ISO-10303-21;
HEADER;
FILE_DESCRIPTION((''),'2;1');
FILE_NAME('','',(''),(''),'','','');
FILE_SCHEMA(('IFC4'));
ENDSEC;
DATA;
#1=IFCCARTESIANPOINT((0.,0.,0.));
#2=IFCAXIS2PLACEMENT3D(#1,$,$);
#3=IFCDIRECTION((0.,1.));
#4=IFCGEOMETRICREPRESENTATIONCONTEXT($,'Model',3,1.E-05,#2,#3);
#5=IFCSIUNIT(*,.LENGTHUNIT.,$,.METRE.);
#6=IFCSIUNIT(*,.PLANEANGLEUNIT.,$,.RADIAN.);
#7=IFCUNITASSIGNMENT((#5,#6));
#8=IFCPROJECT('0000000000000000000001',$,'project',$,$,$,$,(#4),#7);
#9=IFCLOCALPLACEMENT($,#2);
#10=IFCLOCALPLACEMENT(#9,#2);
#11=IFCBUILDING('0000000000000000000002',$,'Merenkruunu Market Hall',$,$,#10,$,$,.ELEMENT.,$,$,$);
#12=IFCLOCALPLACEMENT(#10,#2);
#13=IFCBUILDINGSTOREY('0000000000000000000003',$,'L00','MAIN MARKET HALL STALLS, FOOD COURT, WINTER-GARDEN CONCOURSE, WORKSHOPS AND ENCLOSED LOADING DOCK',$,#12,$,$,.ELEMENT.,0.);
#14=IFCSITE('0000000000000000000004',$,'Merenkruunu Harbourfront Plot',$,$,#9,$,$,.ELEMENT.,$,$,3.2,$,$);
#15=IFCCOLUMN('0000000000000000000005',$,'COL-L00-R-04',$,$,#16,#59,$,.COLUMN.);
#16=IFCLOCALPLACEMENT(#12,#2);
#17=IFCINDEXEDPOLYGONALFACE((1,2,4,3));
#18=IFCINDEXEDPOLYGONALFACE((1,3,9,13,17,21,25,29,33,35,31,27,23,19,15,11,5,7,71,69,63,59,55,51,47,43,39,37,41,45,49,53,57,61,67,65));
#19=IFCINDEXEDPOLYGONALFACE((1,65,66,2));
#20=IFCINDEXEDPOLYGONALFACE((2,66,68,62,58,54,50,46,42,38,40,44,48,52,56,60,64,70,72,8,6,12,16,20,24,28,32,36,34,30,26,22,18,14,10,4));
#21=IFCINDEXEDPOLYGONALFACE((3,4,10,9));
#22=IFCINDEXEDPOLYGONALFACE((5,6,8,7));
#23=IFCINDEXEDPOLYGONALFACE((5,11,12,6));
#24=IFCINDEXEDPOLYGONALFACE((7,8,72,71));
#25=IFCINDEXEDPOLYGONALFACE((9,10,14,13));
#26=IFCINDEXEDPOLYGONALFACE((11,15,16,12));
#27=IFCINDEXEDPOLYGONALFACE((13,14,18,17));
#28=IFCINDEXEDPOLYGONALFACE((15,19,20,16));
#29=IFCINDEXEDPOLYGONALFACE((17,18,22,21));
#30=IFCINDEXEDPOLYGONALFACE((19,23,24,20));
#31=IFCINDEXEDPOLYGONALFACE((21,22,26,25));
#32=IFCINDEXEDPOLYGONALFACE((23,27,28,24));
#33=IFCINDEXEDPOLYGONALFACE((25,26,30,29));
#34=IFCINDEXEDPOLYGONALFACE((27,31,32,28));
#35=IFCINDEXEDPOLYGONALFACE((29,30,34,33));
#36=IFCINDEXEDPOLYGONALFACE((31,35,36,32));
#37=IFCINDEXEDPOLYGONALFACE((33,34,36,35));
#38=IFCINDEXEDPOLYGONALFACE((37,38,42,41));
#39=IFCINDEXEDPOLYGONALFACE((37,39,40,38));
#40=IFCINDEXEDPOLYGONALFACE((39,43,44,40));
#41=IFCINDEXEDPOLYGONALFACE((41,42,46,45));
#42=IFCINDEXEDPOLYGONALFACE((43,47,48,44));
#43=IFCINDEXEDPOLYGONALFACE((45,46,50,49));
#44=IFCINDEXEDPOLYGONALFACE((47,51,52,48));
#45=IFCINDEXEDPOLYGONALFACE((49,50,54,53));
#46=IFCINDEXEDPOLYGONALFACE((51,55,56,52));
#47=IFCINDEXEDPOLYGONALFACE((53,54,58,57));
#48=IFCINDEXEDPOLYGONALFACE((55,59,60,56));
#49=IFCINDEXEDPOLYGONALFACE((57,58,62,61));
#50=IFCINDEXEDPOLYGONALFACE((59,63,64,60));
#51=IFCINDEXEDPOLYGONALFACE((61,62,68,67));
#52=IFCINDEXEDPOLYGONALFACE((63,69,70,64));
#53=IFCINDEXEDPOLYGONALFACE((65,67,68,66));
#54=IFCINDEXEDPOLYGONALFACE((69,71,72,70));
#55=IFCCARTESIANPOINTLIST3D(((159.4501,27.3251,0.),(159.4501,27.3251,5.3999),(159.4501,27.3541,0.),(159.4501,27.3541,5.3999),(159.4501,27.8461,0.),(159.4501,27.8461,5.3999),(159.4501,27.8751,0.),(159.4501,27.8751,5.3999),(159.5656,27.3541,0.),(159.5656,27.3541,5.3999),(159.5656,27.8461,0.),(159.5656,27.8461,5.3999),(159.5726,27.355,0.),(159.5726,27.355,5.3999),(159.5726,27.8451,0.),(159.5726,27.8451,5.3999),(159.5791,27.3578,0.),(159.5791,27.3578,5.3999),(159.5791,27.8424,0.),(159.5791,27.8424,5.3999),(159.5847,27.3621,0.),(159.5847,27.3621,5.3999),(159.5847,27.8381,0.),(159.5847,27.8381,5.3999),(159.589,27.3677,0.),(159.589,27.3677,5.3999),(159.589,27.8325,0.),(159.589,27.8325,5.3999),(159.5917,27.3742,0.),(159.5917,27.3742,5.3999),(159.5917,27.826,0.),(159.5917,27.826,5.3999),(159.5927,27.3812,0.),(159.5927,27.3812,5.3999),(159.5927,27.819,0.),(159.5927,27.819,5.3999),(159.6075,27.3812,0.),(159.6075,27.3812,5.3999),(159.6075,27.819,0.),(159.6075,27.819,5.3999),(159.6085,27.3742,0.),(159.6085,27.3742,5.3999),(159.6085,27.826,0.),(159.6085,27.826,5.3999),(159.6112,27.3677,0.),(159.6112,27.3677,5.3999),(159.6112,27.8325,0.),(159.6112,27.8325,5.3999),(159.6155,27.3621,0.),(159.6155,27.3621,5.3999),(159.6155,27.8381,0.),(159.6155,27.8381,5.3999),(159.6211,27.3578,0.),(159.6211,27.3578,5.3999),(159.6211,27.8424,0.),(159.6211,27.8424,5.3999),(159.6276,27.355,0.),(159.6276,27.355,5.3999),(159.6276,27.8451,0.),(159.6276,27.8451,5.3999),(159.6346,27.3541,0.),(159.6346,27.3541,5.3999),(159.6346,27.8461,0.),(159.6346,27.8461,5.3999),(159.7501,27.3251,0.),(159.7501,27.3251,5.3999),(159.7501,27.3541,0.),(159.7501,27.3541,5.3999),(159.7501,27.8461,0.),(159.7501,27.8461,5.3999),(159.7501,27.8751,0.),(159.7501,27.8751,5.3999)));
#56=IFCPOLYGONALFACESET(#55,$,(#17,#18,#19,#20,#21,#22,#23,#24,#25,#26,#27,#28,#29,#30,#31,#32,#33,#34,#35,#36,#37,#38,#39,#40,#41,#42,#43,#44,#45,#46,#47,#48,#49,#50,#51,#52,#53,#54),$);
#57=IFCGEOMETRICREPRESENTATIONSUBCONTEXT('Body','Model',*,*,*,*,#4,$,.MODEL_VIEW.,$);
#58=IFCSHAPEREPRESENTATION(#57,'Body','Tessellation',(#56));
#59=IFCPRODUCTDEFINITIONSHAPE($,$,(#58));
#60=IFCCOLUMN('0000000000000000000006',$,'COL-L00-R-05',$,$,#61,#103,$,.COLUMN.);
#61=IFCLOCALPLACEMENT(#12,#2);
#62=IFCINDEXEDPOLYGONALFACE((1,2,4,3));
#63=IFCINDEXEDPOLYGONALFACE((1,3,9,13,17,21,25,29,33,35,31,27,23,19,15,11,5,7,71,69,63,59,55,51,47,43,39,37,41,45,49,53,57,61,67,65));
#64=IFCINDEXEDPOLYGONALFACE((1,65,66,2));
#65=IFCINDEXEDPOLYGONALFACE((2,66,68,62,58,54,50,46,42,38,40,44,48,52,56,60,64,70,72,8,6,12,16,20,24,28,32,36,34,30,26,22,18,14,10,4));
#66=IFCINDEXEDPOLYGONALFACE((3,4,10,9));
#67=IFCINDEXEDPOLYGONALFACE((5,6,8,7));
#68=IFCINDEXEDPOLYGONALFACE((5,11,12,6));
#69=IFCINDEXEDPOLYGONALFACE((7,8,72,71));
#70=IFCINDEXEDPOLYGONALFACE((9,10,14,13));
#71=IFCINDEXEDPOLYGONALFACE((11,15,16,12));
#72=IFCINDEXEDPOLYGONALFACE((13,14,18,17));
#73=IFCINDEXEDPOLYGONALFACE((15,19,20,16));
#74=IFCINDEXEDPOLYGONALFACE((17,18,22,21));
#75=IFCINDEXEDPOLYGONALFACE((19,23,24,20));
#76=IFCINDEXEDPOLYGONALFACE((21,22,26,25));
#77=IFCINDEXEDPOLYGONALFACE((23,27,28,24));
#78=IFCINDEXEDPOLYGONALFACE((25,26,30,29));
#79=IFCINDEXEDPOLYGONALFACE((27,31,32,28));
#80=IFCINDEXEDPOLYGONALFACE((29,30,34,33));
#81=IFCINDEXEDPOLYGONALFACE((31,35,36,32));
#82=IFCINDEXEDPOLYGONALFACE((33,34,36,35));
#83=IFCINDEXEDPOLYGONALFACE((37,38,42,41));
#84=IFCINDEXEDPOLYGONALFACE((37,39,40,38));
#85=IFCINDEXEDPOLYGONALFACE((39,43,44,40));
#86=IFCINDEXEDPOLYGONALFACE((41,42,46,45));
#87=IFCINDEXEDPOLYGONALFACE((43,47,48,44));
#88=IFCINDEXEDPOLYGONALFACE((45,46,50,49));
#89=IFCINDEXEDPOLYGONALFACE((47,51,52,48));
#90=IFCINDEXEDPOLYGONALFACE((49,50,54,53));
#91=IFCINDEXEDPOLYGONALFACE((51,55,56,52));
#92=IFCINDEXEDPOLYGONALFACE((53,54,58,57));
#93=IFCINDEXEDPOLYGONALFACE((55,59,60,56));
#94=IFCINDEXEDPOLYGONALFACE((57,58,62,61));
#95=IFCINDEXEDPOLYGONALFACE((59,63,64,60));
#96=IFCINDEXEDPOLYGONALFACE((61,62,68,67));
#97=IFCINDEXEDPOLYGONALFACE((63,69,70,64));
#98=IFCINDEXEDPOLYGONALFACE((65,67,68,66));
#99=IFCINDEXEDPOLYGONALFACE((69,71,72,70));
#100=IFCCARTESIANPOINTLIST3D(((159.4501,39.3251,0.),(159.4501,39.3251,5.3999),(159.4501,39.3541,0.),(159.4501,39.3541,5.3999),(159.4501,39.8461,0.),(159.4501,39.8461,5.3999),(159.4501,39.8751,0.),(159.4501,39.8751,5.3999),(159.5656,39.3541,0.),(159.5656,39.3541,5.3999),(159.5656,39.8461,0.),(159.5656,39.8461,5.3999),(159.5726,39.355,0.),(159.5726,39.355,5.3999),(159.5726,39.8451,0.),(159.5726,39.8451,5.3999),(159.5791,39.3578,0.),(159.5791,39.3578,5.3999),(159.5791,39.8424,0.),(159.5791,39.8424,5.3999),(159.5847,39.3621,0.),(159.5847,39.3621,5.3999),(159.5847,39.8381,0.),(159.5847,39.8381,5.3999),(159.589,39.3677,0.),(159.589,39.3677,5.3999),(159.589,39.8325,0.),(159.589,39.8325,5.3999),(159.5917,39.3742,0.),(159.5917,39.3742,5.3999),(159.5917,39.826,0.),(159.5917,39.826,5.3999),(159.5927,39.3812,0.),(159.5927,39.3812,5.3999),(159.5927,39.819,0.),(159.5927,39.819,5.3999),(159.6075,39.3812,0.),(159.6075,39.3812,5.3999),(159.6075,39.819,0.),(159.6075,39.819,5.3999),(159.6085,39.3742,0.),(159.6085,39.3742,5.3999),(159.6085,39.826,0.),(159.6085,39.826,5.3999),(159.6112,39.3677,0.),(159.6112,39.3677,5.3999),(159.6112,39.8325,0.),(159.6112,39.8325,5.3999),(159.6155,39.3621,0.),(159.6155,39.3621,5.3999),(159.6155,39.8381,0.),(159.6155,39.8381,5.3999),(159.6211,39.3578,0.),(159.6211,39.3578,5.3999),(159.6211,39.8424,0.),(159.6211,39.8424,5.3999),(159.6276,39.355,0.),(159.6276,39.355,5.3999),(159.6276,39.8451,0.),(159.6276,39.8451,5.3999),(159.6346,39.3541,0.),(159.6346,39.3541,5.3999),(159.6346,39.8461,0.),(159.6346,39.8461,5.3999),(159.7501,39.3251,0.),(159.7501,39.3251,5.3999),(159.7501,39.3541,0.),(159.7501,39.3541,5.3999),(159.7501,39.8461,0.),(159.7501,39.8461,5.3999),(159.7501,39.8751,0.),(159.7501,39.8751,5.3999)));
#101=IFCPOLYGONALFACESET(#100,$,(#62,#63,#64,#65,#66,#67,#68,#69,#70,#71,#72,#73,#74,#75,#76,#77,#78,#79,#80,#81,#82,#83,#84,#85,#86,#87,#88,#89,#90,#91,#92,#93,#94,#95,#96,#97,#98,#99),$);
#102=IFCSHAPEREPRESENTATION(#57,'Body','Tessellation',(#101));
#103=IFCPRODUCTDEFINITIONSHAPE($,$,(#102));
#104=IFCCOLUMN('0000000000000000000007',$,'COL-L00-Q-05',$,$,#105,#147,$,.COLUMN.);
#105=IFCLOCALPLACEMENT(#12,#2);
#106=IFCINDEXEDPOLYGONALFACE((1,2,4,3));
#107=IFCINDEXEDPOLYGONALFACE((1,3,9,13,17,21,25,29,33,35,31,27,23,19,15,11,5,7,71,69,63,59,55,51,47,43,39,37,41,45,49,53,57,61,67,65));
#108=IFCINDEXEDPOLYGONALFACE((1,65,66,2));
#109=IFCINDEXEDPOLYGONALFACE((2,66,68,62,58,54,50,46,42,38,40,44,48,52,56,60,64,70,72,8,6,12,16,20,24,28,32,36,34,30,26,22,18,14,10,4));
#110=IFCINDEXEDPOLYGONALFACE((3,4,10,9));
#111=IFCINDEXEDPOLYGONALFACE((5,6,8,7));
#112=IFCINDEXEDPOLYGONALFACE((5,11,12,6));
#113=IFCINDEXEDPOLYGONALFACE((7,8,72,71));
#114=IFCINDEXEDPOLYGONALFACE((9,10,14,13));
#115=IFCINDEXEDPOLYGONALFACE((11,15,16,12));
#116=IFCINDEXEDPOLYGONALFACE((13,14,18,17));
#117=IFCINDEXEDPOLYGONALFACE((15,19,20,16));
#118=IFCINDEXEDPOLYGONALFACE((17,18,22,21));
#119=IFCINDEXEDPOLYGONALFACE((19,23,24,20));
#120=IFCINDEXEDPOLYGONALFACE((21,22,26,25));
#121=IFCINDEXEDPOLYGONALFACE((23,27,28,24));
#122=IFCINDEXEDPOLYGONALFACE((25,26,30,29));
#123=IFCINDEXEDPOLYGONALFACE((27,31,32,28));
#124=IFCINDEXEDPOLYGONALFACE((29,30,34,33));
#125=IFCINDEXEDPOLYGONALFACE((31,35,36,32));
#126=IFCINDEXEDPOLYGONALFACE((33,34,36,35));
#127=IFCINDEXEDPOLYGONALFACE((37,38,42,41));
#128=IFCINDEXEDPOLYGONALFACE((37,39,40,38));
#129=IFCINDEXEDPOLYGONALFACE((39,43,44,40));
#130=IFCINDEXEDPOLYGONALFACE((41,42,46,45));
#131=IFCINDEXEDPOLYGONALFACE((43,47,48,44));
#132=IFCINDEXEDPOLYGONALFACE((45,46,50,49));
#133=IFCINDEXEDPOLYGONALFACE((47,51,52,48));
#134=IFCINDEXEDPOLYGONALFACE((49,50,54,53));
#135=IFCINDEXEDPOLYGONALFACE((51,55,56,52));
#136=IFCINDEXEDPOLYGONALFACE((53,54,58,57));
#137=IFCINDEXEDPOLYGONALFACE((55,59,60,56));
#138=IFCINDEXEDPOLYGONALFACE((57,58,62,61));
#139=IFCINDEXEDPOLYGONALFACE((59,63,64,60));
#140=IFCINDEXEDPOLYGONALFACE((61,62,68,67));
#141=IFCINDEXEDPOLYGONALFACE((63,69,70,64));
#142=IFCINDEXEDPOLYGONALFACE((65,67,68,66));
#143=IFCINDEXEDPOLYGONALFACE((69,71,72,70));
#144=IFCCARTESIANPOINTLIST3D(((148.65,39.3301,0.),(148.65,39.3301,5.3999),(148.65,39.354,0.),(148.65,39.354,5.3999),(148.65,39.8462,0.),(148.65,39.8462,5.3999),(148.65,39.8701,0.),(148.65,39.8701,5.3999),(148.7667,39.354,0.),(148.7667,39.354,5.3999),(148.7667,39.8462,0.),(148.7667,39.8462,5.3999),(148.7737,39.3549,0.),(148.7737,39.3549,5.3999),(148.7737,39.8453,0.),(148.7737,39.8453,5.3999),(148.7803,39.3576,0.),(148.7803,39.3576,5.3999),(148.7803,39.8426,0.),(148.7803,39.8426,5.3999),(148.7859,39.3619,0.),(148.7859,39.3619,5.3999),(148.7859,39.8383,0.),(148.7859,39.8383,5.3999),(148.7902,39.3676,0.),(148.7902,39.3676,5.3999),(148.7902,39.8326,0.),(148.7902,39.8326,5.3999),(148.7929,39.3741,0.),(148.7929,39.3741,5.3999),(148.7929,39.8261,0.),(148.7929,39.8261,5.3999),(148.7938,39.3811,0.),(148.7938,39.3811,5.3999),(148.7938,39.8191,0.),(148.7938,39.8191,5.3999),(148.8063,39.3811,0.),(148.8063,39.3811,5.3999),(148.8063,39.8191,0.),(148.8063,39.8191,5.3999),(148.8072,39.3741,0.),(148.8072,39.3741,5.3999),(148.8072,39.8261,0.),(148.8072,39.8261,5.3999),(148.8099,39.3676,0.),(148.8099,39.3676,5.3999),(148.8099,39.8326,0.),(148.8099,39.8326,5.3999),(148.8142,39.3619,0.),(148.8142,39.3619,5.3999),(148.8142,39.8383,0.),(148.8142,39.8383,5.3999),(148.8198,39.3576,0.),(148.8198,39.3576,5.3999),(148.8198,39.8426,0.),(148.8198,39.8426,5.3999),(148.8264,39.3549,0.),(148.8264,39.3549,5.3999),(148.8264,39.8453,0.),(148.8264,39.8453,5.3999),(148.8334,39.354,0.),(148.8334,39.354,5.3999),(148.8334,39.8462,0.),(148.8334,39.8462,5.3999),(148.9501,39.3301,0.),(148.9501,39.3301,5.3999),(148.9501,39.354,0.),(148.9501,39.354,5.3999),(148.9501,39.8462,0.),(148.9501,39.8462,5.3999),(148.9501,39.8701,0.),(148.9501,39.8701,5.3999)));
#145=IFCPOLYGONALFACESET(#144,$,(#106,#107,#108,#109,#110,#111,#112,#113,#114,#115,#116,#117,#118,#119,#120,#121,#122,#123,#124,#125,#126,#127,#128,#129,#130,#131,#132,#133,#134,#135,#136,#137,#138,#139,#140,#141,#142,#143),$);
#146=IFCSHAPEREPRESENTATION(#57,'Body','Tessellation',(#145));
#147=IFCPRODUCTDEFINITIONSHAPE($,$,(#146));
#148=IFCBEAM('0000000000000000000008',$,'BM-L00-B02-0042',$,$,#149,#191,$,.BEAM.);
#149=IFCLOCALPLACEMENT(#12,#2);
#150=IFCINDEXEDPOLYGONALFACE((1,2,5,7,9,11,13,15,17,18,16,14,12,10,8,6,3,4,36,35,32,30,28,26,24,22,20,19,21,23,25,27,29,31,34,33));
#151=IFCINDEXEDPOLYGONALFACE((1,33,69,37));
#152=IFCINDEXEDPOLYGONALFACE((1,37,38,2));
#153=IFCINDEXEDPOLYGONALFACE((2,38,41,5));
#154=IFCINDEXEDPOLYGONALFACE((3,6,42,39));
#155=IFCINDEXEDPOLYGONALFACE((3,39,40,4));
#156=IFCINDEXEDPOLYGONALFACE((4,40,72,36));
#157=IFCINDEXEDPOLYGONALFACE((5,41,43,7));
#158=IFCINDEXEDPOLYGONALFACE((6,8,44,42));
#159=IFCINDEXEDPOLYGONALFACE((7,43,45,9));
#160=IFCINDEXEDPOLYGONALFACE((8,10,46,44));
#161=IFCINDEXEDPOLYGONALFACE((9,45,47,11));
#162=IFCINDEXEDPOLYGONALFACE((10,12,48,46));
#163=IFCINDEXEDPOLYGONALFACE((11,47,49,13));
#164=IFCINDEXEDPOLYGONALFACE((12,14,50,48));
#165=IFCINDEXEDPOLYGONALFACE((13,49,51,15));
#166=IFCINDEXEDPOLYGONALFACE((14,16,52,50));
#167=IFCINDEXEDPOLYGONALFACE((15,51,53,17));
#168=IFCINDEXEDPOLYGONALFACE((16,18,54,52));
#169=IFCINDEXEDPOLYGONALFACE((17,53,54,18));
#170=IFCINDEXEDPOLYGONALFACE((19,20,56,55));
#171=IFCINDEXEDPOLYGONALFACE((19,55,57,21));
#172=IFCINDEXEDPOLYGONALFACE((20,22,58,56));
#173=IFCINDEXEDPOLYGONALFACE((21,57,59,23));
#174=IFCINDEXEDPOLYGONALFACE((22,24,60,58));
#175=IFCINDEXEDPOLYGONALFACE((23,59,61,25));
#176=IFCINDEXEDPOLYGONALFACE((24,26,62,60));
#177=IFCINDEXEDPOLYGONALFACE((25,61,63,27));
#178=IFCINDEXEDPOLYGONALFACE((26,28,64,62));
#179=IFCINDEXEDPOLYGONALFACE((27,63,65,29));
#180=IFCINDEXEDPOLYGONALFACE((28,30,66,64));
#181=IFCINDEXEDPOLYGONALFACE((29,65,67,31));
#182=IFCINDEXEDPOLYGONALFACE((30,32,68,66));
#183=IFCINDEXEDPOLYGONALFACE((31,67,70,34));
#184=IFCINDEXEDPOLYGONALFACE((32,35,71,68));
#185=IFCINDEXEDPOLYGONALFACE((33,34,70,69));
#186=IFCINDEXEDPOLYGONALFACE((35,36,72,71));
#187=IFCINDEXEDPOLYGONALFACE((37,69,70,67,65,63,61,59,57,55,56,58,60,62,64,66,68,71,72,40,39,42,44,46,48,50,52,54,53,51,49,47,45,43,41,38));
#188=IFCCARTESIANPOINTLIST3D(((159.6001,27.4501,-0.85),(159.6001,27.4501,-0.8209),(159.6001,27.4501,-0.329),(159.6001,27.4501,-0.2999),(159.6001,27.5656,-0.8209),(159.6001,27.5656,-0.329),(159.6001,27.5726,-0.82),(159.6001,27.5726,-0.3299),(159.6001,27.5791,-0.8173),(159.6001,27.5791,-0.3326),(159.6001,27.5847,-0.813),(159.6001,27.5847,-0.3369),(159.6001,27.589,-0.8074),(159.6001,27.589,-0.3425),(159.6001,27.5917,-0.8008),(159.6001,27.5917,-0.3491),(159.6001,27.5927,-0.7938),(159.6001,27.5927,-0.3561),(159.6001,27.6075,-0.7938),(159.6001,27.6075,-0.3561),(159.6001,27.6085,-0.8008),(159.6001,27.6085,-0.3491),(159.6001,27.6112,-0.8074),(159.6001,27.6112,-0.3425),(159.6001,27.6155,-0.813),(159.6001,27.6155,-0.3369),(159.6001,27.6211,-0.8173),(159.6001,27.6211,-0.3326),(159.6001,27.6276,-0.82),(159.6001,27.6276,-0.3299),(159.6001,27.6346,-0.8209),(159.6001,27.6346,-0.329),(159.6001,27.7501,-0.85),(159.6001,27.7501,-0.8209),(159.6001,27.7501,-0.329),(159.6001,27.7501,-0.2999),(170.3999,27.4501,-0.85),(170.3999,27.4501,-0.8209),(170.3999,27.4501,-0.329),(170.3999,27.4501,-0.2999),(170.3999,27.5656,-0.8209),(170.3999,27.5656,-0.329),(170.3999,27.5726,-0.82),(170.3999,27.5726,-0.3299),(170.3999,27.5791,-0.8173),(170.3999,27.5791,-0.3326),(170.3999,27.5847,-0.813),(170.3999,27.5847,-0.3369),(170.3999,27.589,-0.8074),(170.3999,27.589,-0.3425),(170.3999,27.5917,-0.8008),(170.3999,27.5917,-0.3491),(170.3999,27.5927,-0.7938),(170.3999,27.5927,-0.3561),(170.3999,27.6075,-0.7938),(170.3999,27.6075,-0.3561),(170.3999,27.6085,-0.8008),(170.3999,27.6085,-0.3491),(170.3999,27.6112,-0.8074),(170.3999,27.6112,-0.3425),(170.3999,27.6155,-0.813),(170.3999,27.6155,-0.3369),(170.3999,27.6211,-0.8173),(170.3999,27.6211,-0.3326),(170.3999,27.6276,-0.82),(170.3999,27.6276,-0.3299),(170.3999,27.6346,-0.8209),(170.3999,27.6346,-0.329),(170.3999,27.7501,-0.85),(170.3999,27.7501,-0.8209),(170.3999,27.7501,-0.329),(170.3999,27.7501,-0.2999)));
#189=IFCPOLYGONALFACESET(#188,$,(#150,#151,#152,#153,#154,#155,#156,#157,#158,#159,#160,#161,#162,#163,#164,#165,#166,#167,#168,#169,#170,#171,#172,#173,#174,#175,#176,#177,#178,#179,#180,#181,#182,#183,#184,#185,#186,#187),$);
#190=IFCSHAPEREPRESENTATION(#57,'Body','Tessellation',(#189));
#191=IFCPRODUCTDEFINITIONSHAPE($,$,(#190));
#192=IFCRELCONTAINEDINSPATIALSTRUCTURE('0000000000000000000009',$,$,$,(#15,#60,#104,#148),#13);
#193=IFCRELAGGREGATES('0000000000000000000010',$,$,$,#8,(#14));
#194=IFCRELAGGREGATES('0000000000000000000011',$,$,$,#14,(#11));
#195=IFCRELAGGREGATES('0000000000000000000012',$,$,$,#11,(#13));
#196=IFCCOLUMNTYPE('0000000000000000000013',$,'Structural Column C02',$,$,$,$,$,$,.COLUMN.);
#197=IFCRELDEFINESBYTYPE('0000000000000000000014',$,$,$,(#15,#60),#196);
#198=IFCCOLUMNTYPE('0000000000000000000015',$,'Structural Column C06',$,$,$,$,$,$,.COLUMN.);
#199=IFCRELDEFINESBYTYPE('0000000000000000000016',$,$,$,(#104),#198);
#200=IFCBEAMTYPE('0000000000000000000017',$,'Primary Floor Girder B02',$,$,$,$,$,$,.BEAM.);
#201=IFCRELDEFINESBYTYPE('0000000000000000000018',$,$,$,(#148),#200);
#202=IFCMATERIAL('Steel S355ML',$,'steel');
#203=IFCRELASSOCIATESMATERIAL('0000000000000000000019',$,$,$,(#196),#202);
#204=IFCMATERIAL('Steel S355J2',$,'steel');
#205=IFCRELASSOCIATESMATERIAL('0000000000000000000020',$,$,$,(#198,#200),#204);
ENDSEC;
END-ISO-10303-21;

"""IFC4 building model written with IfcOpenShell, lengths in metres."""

from ifc_helpers import new_model, si_unit, direction, frame, origin, origin_2d, place, context, subcontext, project, spatial, i_section, extrude, material, material_profile, profile_set, type_object, element, save


model = new_model("IFC4")

# Units and contexts
model_context = context("Model", 3, precision=1e-05, world=origin(), true_north=direction((0.0, 1.0)))
body_context = subcontext(model_context, "Body", "Model", "MODEL_VIEW")
ifc_project = project(units=[si_unit("LENGTHUNIT", "METRE"), si_unit("PLANEANGLEUNIT", "RADIAN")], contexts=[model_context])

# Site, building, storey
site_placement = place(None, origin())
site = spatial("IfcSite", under=ifc_project, at=site_placement, Name="Merenkruunu Harbourfront Plot", CompositionType="ELEMENT", RefElevation=3.2)
building_placement = place(site_placement, origin())
building = spatial("IfcBuilding", under=site, at=building_placement, Name="Merenkruunu Market Hall", CompositionType="ELEMENT")
storey_placement = place(building_placement, origin())
storey = spatial("IfcBuildingStorey", under=building, at=storey_placement, Name="L00", Description="MAIN MARKET HALL STALLS, FOOD COURT, WINTER-GARDEN CONCOURSE, WORKSHOPS AND ENCLOSED LOADING DOCK", CompositionType="ELEMENT", Elevation=0.0)

# Columns
ifc_material_1 = material(Name="Steel S355ML", Category="steel")
ifc_material_profile_1 = material_profile(ifc_material_1, i_section(OverallWidth=0.3, OverallDepth=0.55, WebThickness=0.0149, FlangeThickness=0.0291, FilletRadius=0.0271, at=origin_2d()), Name="HEB 550")
ifc_profile_set_1 = profile_set([ifc_material_profile_1], Name="Steel S355ML")
column_type_1 = type_object("IfcColumnType", Name="Structural Column C02", PredefinedType="COLUMN", material=ifc_profile_set_1)
for number, where, z_axis, x_axis, name in (
    (1, (159.6001, 27.6001, 0.0), (0.0, 0.0, 1.0), (1.0, 0.0, 0.0), "COL-L00-R-04"),
    (2, (159.6001, 39.6001, 0.0), (0.0, 0.0, 1.0), (1.0, 0.0, 0.0), "COL-L00-R-05"),
):
    element("IfcColumn", number, at=place(storey_placement, frame(where, z_axis=z_axis, x_axis=x_axis)), inside=storey, type_object=column_type_1, Name=name, PredefinedType="COLUMN", context=body_context, shape_type="SweptSolid", body=[
        extrude(i_section(OverallWidth=0.3, OverallDepth=0.55, WebThickness=0.0149, FlangeThickness=0.0291, FilletRadius=0.0271, at=origin_2d()), origin(), (0.0, 0.0, 1.0), 5.3999),
    ])
ifc_material_2 = material(Name="Steel S355J2", Category="steel")
ifc_material_profile_2 = material_profile(ifc_material_2, i_section(OverallWidth=0.3, OverallDepth=0.54, WebThickness=0.0125, FlangeThickness=0.0239, FilletRadius=0.0271, at=origin_2d()), Name="HEA 550")
ifc_profile_set_2 = profile_set([ifc_material_profile_2], Name="Steel S355J2")
column_type_2 = type_object("IfcColumnType", Name="Structural Column C06", PredefinedType="COLUMN", material=ifc_profile_set_2)
column_placement = place(storey_placement, frame((148.8, 39.6001, 0.0), z_axis=(0.0, 0.0, 1.0), x_axis=(1.0, 0.0, 0.0)))
element("IfcColumn", 3, at=column_placement, inside=storey, type_object=column_type_2, Name="COL-L00-Q-05", PredefinedType="COLUMN", context=body_context, shape_type="SweptSolid", body=[
    extrude(i_section(OverallWidth=0.3, OverallDepth=0.54, WebThickness=0.0125, FlangeThickness=0.0239, FilletRadius=0.0271, at=origin_2d()), origin(), (0.0, 0.0, 1.0), 5.3999),
])

# Beam
ifc_material_profile_3 = material_profile(ifc_material_2, i_section(OverallWidth=0.3, OverallDepth=0.55, WebThickness=0.0149, FlangeThickness=0.0291, FilletRadius=0.0271, at=origin_2d()), Name="HEB 550")
ifc_profile_set_3 = profile_set([ifc_material_profile_3], Name="Steel S355J2")
beam_type_1 = type_object("IfcBeamType", Name="Primary Floor Girder B02", PredefinedType="BEAM", material=ifc_profile_set_3)
beam_1_placement = place(storey_placement, frame((159.6001, 27.6001, -0.575), z_axis=(1.0, 0.0, 0.0), x_axis=(0.0, 1.0, 0.0)))
element("IfcBeam", 4, at=beam_1_placement, inside=storey, type_object=beam_type_1, Name="BM-L00-B02-0042", PredefinedType="BEAM", context=body_context, shape_type="SweptSolid", body=[
    extrude(i_section(OverallWidth=0.3, OverallDepth=0.55, WebThickness=0.0149, FlangeThickness=0.0291, FilletRadius=0.0271, at=origin_2d()), origin(), (0.0, 0.0, 1.0), 10.7998),
])

save(model, "model.ifc")
